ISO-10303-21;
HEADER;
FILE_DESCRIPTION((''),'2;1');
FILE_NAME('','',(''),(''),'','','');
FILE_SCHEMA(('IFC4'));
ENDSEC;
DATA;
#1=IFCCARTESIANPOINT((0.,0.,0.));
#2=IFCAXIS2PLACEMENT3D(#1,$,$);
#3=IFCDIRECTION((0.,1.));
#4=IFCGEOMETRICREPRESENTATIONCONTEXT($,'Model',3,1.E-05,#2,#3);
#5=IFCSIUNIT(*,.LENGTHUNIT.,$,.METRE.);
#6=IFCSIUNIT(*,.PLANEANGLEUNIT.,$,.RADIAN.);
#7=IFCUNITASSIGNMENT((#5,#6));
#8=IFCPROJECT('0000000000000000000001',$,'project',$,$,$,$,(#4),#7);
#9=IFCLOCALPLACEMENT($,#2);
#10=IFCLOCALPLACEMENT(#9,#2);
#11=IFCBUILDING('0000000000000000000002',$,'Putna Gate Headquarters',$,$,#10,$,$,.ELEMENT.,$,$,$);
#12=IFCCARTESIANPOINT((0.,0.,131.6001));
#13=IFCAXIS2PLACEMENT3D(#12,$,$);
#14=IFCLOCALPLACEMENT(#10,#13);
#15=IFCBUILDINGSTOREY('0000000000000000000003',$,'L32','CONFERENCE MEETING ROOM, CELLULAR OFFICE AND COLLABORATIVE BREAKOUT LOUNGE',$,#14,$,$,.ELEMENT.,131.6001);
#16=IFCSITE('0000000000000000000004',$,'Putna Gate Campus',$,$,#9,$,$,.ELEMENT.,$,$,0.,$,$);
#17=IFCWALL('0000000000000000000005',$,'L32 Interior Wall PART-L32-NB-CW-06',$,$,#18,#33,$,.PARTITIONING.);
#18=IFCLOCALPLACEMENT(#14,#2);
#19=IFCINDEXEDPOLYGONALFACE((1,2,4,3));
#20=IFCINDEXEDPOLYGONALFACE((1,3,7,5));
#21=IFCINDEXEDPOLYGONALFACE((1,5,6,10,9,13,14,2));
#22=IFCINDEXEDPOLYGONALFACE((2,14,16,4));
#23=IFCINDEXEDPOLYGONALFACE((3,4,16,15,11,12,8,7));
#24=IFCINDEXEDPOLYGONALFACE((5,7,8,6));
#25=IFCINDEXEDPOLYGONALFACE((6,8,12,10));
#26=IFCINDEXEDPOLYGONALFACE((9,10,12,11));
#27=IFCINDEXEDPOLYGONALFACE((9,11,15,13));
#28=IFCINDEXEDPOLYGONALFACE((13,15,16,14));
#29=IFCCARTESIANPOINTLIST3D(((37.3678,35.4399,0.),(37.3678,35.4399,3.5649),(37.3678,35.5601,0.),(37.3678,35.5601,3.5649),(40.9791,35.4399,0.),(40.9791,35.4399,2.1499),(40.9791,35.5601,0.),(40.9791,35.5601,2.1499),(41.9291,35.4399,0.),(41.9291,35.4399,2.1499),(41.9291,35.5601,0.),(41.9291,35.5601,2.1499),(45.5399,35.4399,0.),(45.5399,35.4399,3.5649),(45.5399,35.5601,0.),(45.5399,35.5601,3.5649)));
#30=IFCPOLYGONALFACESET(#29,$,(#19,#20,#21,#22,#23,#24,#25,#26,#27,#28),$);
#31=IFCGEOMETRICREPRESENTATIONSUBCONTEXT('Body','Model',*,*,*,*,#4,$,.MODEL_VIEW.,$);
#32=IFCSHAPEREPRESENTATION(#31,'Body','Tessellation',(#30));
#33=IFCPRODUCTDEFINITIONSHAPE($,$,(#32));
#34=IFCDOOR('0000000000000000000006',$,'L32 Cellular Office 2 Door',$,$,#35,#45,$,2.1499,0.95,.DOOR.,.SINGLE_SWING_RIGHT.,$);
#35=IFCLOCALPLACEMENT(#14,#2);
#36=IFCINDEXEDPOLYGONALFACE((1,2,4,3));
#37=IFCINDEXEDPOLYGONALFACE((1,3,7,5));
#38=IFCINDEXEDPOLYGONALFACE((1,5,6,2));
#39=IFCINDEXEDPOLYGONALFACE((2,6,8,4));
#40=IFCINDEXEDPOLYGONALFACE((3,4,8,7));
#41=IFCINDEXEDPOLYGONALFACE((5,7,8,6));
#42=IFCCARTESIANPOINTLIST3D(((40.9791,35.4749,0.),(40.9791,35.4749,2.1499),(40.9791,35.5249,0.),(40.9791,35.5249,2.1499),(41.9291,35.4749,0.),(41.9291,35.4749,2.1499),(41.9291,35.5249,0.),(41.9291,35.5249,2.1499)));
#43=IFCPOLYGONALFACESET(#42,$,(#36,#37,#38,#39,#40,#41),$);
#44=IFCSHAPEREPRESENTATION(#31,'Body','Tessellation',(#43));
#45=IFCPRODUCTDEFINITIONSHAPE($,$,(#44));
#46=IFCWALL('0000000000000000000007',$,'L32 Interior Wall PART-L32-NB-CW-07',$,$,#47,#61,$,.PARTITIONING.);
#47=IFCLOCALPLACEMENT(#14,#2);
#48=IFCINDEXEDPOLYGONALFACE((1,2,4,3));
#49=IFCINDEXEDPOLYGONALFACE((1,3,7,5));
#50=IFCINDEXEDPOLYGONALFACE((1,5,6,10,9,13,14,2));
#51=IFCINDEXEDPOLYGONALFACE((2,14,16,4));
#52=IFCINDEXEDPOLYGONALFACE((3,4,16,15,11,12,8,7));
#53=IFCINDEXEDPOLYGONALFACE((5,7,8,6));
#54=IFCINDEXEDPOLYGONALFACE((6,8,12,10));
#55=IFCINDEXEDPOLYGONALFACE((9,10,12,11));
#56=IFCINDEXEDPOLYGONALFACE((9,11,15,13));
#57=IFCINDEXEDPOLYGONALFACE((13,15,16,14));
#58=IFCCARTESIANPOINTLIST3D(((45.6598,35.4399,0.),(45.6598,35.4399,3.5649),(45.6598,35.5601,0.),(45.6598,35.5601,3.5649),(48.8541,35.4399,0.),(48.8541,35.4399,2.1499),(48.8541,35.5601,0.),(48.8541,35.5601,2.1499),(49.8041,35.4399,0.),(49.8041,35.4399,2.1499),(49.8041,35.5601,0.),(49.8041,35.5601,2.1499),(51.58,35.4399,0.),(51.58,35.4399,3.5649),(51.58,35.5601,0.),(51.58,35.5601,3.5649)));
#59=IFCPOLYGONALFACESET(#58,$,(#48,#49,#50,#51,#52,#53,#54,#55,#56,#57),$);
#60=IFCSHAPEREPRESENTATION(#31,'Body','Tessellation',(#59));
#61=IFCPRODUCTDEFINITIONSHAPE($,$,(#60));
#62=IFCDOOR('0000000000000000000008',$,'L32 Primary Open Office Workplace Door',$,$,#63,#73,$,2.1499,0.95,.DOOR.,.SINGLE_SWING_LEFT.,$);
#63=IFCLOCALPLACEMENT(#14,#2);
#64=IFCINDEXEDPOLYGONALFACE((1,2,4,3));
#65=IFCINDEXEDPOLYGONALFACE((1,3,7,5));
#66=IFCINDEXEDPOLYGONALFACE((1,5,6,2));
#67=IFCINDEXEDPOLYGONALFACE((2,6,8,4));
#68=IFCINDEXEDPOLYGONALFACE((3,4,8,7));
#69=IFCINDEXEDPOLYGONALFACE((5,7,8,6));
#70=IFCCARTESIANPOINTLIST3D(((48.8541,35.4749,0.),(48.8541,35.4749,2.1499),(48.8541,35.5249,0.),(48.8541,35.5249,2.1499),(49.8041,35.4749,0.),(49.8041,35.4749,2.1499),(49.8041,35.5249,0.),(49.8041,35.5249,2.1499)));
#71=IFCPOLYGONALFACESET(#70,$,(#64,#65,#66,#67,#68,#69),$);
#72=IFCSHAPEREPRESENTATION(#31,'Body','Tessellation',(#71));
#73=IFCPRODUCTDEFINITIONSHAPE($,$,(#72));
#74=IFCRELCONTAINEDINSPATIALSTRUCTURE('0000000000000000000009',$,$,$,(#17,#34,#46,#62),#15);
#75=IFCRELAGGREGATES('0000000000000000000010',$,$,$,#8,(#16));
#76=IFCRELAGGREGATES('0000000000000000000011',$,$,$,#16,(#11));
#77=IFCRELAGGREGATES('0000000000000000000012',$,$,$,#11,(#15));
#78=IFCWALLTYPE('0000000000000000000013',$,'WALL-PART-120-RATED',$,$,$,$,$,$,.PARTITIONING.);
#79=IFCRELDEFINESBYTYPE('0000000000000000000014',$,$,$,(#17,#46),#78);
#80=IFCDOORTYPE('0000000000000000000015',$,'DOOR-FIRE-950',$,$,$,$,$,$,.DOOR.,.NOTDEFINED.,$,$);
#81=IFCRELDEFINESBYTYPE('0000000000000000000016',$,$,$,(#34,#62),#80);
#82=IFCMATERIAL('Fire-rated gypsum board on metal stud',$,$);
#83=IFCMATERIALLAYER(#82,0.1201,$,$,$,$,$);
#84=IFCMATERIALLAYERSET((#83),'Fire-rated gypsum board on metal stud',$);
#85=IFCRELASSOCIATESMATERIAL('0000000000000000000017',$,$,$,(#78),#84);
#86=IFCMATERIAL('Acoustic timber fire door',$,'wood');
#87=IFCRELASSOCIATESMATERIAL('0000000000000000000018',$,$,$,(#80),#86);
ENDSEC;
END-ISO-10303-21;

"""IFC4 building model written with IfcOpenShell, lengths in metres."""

from ifc_helpers import new_model, si_unit, direction, frame, frame_2d, origin, place, context, subcontext, project, spatial, rectangle, extrude, material, layer, layer_set, type_object, element, fill, save


model = new_model("IFC4")

# Units and contexts
model_context = context("Model", 3, precision=1e-05, world=origin(), true_north=direction((0.0, 1.0)))
body_context = subcontext(model_context, "Body", "Model", "MODEL_VIEW")
ifc_project = project(units=[si_unit("LENGTHUNIT", "METRE"), si_unit("PLANEANGLEUNIT", "RADIAN")], contexts=[model_context])

# Site, building, storey
site_placement = place(None, origin())
site = spatial("IfcSite", under=ifc_project, at=site_placement, Name="Putna Gate Campus", CompositionType="ELEMENT", RefElevation=0.0)
building_placement = place(site_placement, origin())
building = spatial("IfcBuilding", under=site, at=building_placement, Name="Putna Gate Headquarters", CompositionType="ELEMENT")
storey_placement = place(building_placement, frame((0.0, 0.0, 131.6001)))
storey = spatial("IfcBuildingStorey", under=building, at=storey_placement, Name="L32", Description="CONFERENCE MEETING ROOM, CELLULAR OFFICE AND COLLABORATIVE BREAKOUT LOUNGE", CompositionType="ELEMENT", Elevation=131.6001)

# Walls, openings, doors
ifc_material_1 = material(Name="Fire-rated gypsum board on metal stud")
ifc_layer_1 = layer(ifc_material_1, 0.1201)
ifc_layer_set_1 = layer_set([ifc_layer_1], Name="Fire-rated gypsum board on metal stud")
wall_type_1 = type_object("IfcWallType", Name="WALL-PART-120-RATED", PredefinedType="PARTITIONING", material=ifc_layer_set_1)
wall_1_placement = place(storey_placement, frame((37.3679, 35.5, 0.0), z_axis=(0.0, 0.0, 1.0), x_axis=(1.0, 0.0, 0.0)))
wall_1 = element("IfcWall", 1, at=wall_1_placement, inside=storey, type_object=wall_type_1, Name="L32 Interior Wall PART-L32-NB-CW-06", PredefinedType="PARTITIONING", context=body_context, shape_type="SweptSolid", body=[
    extrude(rectangle(XDim=8.1721, YDim=0.1201, at=frame_2d((4.0859, 0.0))), origin(), (0.0, 0.0, 1.0), 3.5649),
])
opening_1_placement = place(wall_1_placement, frame((3.6111, 0.0, 0.0)))
opening_1 = element("IfcOpeningElement", 2, at=opening_1_placement, cuts=wall_1, PredefinedType="OPENING", context=body_context, shape_type="SweptSolid", body=[
    extrude(rectangle(XDim=0.95, YDim=2.1499, at=frame_2d((0.4751, 1.075))), frame((0.0, 0.0701, 0.0), z_axis=(0.0, -1.0, 0.0), x_axis=(1.0, 0.0, 0.0)), (0.0, 0.0, 1.0), 0.1401),
])
ifc_material_2 = material(Name="Acoustic timber fire door", Category="wood")
door_type = type_object("IfcDoorType", Name="DOOR-FIRE-950", OperationType="NOTDEFINED", PredefinedType="DOOR", material=ifc_material_2)
door_1_placement = place(opening_1_placement, origin())
door_1 = element("IfcDoor", 3, at=door_1_placement, inside=storey, type_object=door_type, Name="L32 Cellular Office 2 Door", OperationType="SINGLE_SWING_RIGHT", OverallHeight=2.1499, OverallWidth=0.95, PredefinedType="DOOR", context=body_context, shape_type="SweptSolid", body=[
    extrude(rectangle(XDim=0.95, YDim=2.1499, at=frame_2d((0.4751, 1.075))), frame((0.0, 0.0249, 0.0), z_axis=(0.0, -1.0, 0.0), x_axis=(1.0, 0.0, 0.0)), (0.0, 0.0, 1.0), 0.05),
])
fill(opening_1, door_1)
wall_2_placement = place(storey_placement, frame((45.6599, 35.5, 0.0), z_axis=(0.0, 0.0, 1.0), x_axis=(1.0, 0.0, 0.0)))
wall_2 = element("IfcWall", 4, at=wall_2_placement, inside=storey, type_object=wall_type_1, Name="L32 Interior Wall PART-L32-NB-CW-07", PredefinedType="PARTITIONING", context=body_context, shape_type="SweptSolid", body=[
    extrude(rectangle(XDim=5.9202, YDim=0.1201, at=frame_2d((2.96, 0.0))), origin(), (0.0, 0.0, 1.0), 3.5649),
])
opening_2_placement = place(wall_2_placement, frame((3.1941, 0.0, 0.0)))
opening_2 = element("IfcOpeningElement", 5, at=opening_2_placement, cuts=wall_2, PredefinedType="OPENING", context=body_context, shape_type="SweptSolid", body=[
    extrude(rectangle(XDim=0.95, YDim=2.1499, at=frame_2d((0.4751, 1.075))), frame((0.0, 0.0701, 0.0), z_axis=(0.0, -1.0, 0.0), x_axis=(1.0, 0.0, 0.0)), (0.0, 0.0, 1.0), 0.1401),
])
door_2_placement = place(opening_2_placement, origin())
door_2 = element("IfcDoor", 6, at=door_2_placement, inside=storey, type_object=door_type, Name="L32 Primary Open Office Workplace Door", OperationType="SINGLE_SWING_LEFT", OverallHeight=2.1499, OverallWidth=0.95, PredefinedType="DOOR", context=body_context, shape_type="SweptSolid", body=[
    extrude(rectangle(XDim=0.95, YDim=2.1499, at=frame_2d((0.4751, 1.075))), frame((0.0, 0.0249, 0.0), z_axis=(0.0, -1.0, 0.0), x_axis=(1.0, 0.0, 0.0)), (0.0, 0.0, 1.0), 0.05),
])
fill(opening_2, door_2)

save(model, "model.ifc")
